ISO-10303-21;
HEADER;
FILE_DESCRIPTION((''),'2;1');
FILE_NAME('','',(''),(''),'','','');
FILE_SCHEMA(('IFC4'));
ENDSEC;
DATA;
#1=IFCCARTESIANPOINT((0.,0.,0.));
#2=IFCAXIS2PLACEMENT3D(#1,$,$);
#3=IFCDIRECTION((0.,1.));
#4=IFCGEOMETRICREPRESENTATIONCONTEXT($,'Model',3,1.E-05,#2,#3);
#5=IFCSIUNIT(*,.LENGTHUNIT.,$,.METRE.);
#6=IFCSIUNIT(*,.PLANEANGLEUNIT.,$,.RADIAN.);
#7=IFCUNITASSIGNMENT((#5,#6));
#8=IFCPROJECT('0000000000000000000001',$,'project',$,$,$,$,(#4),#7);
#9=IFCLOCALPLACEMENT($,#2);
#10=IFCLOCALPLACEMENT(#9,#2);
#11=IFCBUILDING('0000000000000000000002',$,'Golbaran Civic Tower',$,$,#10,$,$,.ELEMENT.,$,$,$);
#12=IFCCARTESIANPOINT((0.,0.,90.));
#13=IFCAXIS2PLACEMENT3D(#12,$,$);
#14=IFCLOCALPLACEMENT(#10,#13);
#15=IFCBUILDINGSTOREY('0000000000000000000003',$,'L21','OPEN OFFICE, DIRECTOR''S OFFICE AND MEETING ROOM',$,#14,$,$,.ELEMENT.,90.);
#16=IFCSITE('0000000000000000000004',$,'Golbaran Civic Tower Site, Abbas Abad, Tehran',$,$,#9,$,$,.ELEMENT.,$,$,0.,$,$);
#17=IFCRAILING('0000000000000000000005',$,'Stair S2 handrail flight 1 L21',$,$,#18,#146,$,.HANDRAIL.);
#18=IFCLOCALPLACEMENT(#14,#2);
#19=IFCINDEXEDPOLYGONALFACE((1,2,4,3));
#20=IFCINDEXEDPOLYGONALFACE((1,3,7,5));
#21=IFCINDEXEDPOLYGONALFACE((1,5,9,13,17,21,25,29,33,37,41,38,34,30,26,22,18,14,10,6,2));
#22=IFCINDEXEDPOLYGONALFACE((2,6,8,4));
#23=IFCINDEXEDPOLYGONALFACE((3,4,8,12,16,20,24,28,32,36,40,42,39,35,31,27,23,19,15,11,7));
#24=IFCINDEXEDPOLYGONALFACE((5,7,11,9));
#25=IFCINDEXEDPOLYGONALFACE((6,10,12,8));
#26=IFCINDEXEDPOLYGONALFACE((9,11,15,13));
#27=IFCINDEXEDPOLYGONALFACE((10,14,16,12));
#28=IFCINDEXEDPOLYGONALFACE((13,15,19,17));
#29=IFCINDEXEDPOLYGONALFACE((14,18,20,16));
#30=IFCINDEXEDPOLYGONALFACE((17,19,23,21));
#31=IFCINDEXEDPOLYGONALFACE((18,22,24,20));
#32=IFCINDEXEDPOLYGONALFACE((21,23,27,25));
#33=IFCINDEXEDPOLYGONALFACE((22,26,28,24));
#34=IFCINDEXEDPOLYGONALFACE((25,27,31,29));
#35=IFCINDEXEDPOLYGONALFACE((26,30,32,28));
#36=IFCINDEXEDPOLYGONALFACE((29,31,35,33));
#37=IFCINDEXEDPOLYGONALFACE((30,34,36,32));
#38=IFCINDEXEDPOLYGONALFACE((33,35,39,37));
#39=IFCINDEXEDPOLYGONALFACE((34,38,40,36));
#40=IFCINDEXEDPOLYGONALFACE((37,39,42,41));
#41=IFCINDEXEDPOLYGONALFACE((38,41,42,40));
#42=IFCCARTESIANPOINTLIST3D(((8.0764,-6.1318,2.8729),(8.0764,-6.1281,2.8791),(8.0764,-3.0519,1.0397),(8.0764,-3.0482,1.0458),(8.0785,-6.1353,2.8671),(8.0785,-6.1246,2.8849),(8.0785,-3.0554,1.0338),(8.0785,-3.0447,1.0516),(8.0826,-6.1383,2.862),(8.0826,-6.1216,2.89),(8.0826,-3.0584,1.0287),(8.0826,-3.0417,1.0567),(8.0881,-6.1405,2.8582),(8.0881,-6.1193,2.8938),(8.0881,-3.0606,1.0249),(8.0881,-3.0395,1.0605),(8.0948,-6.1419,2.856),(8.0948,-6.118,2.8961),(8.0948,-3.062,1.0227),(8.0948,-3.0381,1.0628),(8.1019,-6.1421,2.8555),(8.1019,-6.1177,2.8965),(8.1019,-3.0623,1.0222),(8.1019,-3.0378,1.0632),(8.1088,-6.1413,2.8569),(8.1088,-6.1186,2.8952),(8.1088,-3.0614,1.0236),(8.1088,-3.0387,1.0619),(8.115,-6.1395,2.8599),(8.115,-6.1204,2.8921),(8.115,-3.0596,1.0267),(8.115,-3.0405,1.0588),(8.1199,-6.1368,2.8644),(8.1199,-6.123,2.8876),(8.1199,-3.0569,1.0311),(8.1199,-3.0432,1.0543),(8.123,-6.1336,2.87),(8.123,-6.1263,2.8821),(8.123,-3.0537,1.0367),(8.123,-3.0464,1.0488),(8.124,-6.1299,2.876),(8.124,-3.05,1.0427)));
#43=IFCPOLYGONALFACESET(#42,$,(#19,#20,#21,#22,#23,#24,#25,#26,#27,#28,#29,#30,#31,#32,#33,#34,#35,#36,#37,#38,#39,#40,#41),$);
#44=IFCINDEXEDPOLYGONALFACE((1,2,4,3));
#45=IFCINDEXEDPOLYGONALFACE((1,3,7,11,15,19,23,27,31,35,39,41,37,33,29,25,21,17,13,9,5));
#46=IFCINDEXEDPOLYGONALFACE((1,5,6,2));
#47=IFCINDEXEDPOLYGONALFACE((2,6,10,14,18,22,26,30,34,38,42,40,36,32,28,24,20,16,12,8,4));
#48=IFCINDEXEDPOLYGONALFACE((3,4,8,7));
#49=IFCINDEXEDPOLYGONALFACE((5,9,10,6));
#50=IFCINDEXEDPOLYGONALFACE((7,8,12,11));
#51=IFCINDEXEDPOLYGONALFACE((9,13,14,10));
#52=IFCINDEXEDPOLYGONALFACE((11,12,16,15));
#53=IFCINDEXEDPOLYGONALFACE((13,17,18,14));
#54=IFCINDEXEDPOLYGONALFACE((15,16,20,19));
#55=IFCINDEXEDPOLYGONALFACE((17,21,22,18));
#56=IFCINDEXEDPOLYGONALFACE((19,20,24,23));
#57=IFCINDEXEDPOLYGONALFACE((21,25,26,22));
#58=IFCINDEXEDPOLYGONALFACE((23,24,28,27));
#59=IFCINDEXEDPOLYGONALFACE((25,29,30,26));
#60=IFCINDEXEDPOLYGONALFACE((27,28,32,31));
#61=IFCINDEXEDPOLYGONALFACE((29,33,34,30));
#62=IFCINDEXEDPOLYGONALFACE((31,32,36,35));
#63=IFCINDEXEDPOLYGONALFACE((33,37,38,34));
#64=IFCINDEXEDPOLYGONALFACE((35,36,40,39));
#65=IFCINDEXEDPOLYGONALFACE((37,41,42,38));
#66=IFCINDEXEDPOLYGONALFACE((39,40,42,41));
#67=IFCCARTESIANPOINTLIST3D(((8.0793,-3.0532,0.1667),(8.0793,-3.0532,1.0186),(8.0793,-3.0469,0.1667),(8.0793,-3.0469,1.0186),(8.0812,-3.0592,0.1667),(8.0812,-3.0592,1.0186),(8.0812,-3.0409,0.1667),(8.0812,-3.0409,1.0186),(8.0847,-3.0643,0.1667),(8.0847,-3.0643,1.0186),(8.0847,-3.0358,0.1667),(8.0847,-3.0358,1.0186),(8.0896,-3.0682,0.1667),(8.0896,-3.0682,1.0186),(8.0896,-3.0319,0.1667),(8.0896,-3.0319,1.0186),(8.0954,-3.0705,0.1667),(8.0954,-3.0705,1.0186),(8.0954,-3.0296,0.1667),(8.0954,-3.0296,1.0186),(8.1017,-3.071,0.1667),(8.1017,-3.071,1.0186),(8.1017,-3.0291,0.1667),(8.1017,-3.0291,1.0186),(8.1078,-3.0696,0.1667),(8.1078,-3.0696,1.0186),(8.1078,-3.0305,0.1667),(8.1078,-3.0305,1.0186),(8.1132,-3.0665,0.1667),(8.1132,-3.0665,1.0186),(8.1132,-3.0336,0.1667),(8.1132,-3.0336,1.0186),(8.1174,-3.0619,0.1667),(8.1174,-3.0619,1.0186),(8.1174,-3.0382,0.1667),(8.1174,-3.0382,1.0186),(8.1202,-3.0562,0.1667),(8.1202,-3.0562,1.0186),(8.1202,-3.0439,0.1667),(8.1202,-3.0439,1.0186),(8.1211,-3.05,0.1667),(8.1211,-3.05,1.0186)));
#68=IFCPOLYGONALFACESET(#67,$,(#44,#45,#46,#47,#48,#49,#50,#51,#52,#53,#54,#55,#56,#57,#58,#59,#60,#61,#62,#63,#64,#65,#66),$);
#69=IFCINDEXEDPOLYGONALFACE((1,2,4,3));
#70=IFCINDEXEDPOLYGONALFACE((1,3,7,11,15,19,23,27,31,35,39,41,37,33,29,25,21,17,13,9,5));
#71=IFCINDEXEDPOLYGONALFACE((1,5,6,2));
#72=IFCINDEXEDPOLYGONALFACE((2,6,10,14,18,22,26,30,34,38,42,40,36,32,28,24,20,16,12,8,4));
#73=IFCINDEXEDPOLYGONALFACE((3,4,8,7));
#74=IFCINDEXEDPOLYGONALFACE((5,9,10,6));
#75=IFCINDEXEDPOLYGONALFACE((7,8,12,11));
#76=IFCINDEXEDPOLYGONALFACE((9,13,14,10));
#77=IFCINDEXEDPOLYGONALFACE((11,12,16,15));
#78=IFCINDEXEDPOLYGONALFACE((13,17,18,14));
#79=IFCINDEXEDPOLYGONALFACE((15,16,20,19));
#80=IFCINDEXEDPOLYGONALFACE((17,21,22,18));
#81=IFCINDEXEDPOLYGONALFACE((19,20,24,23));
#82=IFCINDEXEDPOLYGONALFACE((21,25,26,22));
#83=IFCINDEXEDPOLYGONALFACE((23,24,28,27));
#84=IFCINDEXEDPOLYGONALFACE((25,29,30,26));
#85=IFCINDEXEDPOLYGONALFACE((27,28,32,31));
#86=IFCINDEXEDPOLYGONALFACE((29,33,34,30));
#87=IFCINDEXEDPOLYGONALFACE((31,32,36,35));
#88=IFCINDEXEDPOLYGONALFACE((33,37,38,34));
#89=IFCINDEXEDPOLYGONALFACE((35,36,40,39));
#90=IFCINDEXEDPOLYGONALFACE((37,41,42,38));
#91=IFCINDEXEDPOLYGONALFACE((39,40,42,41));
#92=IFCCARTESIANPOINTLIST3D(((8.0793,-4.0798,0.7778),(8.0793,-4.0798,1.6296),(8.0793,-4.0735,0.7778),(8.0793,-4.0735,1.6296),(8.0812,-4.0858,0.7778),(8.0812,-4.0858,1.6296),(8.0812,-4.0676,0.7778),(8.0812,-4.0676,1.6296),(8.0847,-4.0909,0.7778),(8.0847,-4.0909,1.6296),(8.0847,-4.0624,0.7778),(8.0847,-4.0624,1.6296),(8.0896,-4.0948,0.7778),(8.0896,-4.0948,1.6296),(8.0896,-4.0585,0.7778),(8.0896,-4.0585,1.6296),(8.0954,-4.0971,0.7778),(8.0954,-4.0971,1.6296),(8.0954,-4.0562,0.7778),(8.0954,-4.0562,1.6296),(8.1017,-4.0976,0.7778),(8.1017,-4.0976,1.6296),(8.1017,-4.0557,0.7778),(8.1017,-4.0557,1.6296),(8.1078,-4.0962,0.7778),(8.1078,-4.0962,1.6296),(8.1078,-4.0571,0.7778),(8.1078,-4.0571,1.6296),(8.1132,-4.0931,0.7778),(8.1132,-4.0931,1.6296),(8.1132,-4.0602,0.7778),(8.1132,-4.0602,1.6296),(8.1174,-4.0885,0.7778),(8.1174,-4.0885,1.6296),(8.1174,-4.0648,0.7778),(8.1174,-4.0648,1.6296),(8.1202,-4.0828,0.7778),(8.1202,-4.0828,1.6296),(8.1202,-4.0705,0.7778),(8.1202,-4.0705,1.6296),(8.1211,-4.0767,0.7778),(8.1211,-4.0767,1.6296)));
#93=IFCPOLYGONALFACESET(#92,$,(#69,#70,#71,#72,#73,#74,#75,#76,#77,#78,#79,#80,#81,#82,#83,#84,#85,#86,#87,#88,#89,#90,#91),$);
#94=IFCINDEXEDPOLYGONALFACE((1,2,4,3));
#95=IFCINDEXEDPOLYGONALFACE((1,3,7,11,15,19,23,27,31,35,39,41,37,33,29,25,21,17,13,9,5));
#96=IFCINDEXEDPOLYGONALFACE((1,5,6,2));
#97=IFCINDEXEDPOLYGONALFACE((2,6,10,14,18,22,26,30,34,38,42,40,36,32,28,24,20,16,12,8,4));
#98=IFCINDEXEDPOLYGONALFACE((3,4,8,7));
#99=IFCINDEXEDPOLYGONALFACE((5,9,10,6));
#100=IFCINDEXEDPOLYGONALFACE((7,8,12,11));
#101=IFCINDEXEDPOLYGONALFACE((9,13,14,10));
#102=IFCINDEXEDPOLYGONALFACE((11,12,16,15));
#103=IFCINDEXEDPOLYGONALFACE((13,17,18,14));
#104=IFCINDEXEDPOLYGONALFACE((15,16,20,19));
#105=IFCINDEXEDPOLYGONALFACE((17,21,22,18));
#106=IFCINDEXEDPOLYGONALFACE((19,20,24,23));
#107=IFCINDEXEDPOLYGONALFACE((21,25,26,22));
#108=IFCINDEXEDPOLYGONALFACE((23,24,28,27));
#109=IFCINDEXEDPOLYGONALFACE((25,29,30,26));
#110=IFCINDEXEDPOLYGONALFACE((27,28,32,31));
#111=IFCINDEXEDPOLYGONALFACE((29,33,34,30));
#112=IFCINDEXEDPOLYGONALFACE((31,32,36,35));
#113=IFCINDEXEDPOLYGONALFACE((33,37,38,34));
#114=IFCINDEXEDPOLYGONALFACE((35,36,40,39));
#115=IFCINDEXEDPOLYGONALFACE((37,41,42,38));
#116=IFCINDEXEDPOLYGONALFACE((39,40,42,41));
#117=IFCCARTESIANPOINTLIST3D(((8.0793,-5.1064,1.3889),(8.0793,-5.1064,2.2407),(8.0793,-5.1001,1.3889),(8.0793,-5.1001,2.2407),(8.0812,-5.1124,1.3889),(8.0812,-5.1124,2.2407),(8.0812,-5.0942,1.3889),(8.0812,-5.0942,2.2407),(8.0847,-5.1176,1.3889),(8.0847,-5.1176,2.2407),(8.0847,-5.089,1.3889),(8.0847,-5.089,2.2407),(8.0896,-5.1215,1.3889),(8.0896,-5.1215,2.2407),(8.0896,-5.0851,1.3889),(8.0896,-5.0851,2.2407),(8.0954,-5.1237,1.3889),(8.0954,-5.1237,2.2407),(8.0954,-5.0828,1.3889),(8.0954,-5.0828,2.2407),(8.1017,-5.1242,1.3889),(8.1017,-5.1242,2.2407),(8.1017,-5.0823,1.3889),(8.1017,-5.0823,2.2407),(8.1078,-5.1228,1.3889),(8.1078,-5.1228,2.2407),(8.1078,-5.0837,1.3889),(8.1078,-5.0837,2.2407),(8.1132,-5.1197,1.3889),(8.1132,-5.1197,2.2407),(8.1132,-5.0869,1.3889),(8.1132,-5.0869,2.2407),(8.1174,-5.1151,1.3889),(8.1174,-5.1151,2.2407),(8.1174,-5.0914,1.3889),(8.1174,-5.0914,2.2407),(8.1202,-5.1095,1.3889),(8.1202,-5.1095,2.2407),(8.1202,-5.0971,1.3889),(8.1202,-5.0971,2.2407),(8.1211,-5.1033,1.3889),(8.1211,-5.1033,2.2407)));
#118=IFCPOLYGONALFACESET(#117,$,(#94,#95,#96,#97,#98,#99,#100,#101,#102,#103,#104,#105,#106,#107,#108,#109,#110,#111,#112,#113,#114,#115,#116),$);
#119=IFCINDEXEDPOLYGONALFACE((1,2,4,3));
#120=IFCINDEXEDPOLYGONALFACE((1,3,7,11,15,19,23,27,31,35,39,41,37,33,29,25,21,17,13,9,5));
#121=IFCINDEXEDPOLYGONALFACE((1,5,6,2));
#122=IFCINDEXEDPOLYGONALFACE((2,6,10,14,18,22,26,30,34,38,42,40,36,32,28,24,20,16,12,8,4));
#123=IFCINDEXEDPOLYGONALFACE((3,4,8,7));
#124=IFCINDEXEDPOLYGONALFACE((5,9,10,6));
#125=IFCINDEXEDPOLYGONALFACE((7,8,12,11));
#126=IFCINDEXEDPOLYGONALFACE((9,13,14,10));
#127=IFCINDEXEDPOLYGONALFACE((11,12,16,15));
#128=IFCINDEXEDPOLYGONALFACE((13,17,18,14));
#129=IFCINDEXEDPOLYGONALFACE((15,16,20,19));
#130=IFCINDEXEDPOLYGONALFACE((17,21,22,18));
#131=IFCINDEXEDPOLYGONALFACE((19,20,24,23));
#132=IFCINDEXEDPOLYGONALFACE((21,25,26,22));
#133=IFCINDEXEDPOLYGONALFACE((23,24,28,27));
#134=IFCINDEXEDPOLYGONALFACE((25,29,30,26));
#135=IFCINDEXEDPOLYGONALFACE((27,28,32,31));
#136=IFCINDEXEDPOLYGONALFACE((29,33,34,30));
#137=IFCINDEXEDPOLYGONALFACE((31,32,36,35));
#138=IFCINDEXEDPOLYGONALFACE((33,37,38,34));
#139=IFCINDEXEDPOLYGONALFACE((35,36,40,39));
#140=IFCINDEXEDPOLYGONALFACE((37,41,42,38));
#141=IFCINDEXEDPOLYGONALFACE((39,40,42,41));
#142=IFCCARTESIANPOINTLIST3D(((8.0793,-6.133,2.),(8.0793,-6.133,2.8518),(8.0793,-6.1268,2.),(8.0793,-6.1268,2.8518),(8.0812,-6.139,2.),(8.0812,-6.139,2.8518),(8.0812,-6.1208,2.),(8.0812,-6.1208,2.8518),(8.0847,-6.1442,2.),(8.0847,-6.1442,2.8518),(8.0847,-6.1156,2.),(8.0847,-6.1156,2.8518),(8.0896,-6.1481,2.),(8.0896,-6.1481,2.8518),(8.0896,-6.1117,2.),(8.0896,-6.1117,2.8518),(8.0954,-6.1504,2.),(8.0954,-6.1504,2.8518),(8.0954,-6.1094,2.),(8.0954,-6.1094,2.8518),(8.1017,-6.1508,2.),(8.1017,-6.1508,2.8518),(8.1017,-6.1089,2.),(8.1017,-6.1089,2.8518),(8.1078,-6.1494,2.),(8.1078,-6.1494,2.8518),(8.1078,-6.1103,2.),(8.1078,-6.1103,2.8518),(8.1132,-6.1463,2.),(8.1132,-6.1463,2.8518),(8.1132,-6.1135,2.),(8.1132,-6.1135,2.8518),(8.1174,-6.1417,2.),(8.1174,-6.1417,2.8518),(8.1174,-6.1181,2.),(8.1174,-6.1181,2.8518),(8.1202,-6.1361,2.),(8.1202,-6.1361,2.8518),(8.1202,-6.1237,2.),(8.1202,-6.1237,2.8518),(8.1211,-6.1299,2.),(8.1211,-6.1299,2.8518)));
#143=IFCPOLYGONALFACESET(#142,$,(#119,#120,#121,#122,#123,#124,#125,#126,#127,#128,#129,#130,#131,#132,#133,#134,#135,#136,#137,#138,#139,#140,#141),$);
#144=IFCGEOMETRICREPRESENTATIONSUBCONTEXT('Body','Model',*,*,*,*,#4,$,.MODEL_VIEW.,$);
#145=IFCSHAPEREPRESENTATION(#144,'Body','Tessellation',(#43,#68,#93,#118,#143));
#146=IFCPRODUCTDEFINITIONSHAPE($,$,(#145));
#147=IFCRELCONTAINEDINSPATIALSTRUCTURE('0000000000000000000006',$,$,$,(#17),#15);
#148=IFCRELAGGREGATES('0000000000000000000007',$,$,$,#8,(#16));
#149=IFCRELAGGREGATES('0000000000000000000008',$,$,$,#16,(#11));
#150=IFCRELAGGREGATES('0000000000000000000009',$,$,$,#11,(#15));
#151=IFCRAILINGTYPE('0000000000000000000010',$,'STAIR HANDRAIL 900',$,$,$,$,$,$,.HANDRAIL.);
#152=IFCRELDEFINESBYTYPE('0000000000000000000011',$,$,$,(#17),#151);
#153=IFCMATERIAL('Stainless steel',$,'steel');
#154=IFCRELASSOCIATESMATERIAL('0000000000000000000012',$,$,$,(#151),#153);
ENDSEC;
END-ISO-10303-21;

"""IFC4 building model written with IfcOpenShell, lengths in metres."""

from ifc_helpers import new_model, si_unit, direction, frame, origin, origin_2d, place, context, subcontext, project, spatial, circle, extrude, material, type_object, element, save


model = new_model("IFC4")

# Units and contexts
model_context = context("Model", 3, precision=1e-05, world=origin(), true_north=direction((0.0, 1.0)))
body_context = subcontext(model_context, "Body", "Model", "MODEL_VIEW")
ifc_project = project(units=[si_unit("LENGTHUNIT", "METRE"), si_unit("PLANEANGLEUNIT", "RADIAN")], contexts=[model_context])

# Site, building, storey
site_placement = place(None, origin())
site = spatial("IfcSite", under=ifc_project, at=site_placement, Name="Golbaran Civic Tower Site, Abbas Abad, Tehran", CompositionType="ELEMENT", RefElevation=0.0)
building_placement = place(site_placement, origin())
building = spatial("IfcBuilding", under=site, at=building_placement, Name="Golbaran Civic Tower", CompositionType="ELEMENT")
storey_placement = place(building_placement, frame((0.0, 0.0, 90.0)))
storey = spatial("IfcBuildingStorey", under=building, at=storey_placement, Name="L21", Description="OPEN OFFICE, DIRECTOR'S OFFICE AND MEETING ROOM", CompositionType="ELEMENT", Elevation=90.0)

# Railing
ifc_material_1 = material(Name="Stainless steel", Category="steel")
railing_type = type_object("IfcRailingType", Name="STAIR HANDRAIL 900", PredefinedType="HANDRAIL", material=ifc_material_1)
railing_1_placement = place(storey_placement, frame((8.1001, -3.05, 0.1667)))
element("IfcRailing", 1, at=railing_1_placement, inside=storey, type_object=railing_type, Name="Stair S2 handrail flight 1 L21", PredefinedType="HANDRAIL", context=body_context, shape_type="SweptSolid", body=[
    extrude(circle(Radius=0.0239, at=origin_2d()), frame((0.0, 0.0, 0.876), z_axis=(0.0, -0.859291, 0.511487), x_axis=(1.0, 0.0, 0.0)), (0.0, 0.0, 1.0), 3.5842),
    extrude(circle(Radius=0.021, at=origin_2d()), origin(), (0.0, 0.0, 1.0), 0.8518),
    extrude(circle(Radius=0.021, at=origin_2d()), frame((0.0, -1.0266, 0.6111)), (0.0, 0.0, 1.0), 0.8518),
    extrude(circle(Radius=0.021, at=origin_2d()), frame((0.0, -2.0532, 1.2222)), (0.0, 0.0, 1.0), 0.8518),
    extrude(circle(Radius=0.021, at=origin_2d()), frame((0.0, -3.0798, 1.8333)), (0.0, 0.0, 1.0), 0.8518),
])

save(model, "model.ifc")
